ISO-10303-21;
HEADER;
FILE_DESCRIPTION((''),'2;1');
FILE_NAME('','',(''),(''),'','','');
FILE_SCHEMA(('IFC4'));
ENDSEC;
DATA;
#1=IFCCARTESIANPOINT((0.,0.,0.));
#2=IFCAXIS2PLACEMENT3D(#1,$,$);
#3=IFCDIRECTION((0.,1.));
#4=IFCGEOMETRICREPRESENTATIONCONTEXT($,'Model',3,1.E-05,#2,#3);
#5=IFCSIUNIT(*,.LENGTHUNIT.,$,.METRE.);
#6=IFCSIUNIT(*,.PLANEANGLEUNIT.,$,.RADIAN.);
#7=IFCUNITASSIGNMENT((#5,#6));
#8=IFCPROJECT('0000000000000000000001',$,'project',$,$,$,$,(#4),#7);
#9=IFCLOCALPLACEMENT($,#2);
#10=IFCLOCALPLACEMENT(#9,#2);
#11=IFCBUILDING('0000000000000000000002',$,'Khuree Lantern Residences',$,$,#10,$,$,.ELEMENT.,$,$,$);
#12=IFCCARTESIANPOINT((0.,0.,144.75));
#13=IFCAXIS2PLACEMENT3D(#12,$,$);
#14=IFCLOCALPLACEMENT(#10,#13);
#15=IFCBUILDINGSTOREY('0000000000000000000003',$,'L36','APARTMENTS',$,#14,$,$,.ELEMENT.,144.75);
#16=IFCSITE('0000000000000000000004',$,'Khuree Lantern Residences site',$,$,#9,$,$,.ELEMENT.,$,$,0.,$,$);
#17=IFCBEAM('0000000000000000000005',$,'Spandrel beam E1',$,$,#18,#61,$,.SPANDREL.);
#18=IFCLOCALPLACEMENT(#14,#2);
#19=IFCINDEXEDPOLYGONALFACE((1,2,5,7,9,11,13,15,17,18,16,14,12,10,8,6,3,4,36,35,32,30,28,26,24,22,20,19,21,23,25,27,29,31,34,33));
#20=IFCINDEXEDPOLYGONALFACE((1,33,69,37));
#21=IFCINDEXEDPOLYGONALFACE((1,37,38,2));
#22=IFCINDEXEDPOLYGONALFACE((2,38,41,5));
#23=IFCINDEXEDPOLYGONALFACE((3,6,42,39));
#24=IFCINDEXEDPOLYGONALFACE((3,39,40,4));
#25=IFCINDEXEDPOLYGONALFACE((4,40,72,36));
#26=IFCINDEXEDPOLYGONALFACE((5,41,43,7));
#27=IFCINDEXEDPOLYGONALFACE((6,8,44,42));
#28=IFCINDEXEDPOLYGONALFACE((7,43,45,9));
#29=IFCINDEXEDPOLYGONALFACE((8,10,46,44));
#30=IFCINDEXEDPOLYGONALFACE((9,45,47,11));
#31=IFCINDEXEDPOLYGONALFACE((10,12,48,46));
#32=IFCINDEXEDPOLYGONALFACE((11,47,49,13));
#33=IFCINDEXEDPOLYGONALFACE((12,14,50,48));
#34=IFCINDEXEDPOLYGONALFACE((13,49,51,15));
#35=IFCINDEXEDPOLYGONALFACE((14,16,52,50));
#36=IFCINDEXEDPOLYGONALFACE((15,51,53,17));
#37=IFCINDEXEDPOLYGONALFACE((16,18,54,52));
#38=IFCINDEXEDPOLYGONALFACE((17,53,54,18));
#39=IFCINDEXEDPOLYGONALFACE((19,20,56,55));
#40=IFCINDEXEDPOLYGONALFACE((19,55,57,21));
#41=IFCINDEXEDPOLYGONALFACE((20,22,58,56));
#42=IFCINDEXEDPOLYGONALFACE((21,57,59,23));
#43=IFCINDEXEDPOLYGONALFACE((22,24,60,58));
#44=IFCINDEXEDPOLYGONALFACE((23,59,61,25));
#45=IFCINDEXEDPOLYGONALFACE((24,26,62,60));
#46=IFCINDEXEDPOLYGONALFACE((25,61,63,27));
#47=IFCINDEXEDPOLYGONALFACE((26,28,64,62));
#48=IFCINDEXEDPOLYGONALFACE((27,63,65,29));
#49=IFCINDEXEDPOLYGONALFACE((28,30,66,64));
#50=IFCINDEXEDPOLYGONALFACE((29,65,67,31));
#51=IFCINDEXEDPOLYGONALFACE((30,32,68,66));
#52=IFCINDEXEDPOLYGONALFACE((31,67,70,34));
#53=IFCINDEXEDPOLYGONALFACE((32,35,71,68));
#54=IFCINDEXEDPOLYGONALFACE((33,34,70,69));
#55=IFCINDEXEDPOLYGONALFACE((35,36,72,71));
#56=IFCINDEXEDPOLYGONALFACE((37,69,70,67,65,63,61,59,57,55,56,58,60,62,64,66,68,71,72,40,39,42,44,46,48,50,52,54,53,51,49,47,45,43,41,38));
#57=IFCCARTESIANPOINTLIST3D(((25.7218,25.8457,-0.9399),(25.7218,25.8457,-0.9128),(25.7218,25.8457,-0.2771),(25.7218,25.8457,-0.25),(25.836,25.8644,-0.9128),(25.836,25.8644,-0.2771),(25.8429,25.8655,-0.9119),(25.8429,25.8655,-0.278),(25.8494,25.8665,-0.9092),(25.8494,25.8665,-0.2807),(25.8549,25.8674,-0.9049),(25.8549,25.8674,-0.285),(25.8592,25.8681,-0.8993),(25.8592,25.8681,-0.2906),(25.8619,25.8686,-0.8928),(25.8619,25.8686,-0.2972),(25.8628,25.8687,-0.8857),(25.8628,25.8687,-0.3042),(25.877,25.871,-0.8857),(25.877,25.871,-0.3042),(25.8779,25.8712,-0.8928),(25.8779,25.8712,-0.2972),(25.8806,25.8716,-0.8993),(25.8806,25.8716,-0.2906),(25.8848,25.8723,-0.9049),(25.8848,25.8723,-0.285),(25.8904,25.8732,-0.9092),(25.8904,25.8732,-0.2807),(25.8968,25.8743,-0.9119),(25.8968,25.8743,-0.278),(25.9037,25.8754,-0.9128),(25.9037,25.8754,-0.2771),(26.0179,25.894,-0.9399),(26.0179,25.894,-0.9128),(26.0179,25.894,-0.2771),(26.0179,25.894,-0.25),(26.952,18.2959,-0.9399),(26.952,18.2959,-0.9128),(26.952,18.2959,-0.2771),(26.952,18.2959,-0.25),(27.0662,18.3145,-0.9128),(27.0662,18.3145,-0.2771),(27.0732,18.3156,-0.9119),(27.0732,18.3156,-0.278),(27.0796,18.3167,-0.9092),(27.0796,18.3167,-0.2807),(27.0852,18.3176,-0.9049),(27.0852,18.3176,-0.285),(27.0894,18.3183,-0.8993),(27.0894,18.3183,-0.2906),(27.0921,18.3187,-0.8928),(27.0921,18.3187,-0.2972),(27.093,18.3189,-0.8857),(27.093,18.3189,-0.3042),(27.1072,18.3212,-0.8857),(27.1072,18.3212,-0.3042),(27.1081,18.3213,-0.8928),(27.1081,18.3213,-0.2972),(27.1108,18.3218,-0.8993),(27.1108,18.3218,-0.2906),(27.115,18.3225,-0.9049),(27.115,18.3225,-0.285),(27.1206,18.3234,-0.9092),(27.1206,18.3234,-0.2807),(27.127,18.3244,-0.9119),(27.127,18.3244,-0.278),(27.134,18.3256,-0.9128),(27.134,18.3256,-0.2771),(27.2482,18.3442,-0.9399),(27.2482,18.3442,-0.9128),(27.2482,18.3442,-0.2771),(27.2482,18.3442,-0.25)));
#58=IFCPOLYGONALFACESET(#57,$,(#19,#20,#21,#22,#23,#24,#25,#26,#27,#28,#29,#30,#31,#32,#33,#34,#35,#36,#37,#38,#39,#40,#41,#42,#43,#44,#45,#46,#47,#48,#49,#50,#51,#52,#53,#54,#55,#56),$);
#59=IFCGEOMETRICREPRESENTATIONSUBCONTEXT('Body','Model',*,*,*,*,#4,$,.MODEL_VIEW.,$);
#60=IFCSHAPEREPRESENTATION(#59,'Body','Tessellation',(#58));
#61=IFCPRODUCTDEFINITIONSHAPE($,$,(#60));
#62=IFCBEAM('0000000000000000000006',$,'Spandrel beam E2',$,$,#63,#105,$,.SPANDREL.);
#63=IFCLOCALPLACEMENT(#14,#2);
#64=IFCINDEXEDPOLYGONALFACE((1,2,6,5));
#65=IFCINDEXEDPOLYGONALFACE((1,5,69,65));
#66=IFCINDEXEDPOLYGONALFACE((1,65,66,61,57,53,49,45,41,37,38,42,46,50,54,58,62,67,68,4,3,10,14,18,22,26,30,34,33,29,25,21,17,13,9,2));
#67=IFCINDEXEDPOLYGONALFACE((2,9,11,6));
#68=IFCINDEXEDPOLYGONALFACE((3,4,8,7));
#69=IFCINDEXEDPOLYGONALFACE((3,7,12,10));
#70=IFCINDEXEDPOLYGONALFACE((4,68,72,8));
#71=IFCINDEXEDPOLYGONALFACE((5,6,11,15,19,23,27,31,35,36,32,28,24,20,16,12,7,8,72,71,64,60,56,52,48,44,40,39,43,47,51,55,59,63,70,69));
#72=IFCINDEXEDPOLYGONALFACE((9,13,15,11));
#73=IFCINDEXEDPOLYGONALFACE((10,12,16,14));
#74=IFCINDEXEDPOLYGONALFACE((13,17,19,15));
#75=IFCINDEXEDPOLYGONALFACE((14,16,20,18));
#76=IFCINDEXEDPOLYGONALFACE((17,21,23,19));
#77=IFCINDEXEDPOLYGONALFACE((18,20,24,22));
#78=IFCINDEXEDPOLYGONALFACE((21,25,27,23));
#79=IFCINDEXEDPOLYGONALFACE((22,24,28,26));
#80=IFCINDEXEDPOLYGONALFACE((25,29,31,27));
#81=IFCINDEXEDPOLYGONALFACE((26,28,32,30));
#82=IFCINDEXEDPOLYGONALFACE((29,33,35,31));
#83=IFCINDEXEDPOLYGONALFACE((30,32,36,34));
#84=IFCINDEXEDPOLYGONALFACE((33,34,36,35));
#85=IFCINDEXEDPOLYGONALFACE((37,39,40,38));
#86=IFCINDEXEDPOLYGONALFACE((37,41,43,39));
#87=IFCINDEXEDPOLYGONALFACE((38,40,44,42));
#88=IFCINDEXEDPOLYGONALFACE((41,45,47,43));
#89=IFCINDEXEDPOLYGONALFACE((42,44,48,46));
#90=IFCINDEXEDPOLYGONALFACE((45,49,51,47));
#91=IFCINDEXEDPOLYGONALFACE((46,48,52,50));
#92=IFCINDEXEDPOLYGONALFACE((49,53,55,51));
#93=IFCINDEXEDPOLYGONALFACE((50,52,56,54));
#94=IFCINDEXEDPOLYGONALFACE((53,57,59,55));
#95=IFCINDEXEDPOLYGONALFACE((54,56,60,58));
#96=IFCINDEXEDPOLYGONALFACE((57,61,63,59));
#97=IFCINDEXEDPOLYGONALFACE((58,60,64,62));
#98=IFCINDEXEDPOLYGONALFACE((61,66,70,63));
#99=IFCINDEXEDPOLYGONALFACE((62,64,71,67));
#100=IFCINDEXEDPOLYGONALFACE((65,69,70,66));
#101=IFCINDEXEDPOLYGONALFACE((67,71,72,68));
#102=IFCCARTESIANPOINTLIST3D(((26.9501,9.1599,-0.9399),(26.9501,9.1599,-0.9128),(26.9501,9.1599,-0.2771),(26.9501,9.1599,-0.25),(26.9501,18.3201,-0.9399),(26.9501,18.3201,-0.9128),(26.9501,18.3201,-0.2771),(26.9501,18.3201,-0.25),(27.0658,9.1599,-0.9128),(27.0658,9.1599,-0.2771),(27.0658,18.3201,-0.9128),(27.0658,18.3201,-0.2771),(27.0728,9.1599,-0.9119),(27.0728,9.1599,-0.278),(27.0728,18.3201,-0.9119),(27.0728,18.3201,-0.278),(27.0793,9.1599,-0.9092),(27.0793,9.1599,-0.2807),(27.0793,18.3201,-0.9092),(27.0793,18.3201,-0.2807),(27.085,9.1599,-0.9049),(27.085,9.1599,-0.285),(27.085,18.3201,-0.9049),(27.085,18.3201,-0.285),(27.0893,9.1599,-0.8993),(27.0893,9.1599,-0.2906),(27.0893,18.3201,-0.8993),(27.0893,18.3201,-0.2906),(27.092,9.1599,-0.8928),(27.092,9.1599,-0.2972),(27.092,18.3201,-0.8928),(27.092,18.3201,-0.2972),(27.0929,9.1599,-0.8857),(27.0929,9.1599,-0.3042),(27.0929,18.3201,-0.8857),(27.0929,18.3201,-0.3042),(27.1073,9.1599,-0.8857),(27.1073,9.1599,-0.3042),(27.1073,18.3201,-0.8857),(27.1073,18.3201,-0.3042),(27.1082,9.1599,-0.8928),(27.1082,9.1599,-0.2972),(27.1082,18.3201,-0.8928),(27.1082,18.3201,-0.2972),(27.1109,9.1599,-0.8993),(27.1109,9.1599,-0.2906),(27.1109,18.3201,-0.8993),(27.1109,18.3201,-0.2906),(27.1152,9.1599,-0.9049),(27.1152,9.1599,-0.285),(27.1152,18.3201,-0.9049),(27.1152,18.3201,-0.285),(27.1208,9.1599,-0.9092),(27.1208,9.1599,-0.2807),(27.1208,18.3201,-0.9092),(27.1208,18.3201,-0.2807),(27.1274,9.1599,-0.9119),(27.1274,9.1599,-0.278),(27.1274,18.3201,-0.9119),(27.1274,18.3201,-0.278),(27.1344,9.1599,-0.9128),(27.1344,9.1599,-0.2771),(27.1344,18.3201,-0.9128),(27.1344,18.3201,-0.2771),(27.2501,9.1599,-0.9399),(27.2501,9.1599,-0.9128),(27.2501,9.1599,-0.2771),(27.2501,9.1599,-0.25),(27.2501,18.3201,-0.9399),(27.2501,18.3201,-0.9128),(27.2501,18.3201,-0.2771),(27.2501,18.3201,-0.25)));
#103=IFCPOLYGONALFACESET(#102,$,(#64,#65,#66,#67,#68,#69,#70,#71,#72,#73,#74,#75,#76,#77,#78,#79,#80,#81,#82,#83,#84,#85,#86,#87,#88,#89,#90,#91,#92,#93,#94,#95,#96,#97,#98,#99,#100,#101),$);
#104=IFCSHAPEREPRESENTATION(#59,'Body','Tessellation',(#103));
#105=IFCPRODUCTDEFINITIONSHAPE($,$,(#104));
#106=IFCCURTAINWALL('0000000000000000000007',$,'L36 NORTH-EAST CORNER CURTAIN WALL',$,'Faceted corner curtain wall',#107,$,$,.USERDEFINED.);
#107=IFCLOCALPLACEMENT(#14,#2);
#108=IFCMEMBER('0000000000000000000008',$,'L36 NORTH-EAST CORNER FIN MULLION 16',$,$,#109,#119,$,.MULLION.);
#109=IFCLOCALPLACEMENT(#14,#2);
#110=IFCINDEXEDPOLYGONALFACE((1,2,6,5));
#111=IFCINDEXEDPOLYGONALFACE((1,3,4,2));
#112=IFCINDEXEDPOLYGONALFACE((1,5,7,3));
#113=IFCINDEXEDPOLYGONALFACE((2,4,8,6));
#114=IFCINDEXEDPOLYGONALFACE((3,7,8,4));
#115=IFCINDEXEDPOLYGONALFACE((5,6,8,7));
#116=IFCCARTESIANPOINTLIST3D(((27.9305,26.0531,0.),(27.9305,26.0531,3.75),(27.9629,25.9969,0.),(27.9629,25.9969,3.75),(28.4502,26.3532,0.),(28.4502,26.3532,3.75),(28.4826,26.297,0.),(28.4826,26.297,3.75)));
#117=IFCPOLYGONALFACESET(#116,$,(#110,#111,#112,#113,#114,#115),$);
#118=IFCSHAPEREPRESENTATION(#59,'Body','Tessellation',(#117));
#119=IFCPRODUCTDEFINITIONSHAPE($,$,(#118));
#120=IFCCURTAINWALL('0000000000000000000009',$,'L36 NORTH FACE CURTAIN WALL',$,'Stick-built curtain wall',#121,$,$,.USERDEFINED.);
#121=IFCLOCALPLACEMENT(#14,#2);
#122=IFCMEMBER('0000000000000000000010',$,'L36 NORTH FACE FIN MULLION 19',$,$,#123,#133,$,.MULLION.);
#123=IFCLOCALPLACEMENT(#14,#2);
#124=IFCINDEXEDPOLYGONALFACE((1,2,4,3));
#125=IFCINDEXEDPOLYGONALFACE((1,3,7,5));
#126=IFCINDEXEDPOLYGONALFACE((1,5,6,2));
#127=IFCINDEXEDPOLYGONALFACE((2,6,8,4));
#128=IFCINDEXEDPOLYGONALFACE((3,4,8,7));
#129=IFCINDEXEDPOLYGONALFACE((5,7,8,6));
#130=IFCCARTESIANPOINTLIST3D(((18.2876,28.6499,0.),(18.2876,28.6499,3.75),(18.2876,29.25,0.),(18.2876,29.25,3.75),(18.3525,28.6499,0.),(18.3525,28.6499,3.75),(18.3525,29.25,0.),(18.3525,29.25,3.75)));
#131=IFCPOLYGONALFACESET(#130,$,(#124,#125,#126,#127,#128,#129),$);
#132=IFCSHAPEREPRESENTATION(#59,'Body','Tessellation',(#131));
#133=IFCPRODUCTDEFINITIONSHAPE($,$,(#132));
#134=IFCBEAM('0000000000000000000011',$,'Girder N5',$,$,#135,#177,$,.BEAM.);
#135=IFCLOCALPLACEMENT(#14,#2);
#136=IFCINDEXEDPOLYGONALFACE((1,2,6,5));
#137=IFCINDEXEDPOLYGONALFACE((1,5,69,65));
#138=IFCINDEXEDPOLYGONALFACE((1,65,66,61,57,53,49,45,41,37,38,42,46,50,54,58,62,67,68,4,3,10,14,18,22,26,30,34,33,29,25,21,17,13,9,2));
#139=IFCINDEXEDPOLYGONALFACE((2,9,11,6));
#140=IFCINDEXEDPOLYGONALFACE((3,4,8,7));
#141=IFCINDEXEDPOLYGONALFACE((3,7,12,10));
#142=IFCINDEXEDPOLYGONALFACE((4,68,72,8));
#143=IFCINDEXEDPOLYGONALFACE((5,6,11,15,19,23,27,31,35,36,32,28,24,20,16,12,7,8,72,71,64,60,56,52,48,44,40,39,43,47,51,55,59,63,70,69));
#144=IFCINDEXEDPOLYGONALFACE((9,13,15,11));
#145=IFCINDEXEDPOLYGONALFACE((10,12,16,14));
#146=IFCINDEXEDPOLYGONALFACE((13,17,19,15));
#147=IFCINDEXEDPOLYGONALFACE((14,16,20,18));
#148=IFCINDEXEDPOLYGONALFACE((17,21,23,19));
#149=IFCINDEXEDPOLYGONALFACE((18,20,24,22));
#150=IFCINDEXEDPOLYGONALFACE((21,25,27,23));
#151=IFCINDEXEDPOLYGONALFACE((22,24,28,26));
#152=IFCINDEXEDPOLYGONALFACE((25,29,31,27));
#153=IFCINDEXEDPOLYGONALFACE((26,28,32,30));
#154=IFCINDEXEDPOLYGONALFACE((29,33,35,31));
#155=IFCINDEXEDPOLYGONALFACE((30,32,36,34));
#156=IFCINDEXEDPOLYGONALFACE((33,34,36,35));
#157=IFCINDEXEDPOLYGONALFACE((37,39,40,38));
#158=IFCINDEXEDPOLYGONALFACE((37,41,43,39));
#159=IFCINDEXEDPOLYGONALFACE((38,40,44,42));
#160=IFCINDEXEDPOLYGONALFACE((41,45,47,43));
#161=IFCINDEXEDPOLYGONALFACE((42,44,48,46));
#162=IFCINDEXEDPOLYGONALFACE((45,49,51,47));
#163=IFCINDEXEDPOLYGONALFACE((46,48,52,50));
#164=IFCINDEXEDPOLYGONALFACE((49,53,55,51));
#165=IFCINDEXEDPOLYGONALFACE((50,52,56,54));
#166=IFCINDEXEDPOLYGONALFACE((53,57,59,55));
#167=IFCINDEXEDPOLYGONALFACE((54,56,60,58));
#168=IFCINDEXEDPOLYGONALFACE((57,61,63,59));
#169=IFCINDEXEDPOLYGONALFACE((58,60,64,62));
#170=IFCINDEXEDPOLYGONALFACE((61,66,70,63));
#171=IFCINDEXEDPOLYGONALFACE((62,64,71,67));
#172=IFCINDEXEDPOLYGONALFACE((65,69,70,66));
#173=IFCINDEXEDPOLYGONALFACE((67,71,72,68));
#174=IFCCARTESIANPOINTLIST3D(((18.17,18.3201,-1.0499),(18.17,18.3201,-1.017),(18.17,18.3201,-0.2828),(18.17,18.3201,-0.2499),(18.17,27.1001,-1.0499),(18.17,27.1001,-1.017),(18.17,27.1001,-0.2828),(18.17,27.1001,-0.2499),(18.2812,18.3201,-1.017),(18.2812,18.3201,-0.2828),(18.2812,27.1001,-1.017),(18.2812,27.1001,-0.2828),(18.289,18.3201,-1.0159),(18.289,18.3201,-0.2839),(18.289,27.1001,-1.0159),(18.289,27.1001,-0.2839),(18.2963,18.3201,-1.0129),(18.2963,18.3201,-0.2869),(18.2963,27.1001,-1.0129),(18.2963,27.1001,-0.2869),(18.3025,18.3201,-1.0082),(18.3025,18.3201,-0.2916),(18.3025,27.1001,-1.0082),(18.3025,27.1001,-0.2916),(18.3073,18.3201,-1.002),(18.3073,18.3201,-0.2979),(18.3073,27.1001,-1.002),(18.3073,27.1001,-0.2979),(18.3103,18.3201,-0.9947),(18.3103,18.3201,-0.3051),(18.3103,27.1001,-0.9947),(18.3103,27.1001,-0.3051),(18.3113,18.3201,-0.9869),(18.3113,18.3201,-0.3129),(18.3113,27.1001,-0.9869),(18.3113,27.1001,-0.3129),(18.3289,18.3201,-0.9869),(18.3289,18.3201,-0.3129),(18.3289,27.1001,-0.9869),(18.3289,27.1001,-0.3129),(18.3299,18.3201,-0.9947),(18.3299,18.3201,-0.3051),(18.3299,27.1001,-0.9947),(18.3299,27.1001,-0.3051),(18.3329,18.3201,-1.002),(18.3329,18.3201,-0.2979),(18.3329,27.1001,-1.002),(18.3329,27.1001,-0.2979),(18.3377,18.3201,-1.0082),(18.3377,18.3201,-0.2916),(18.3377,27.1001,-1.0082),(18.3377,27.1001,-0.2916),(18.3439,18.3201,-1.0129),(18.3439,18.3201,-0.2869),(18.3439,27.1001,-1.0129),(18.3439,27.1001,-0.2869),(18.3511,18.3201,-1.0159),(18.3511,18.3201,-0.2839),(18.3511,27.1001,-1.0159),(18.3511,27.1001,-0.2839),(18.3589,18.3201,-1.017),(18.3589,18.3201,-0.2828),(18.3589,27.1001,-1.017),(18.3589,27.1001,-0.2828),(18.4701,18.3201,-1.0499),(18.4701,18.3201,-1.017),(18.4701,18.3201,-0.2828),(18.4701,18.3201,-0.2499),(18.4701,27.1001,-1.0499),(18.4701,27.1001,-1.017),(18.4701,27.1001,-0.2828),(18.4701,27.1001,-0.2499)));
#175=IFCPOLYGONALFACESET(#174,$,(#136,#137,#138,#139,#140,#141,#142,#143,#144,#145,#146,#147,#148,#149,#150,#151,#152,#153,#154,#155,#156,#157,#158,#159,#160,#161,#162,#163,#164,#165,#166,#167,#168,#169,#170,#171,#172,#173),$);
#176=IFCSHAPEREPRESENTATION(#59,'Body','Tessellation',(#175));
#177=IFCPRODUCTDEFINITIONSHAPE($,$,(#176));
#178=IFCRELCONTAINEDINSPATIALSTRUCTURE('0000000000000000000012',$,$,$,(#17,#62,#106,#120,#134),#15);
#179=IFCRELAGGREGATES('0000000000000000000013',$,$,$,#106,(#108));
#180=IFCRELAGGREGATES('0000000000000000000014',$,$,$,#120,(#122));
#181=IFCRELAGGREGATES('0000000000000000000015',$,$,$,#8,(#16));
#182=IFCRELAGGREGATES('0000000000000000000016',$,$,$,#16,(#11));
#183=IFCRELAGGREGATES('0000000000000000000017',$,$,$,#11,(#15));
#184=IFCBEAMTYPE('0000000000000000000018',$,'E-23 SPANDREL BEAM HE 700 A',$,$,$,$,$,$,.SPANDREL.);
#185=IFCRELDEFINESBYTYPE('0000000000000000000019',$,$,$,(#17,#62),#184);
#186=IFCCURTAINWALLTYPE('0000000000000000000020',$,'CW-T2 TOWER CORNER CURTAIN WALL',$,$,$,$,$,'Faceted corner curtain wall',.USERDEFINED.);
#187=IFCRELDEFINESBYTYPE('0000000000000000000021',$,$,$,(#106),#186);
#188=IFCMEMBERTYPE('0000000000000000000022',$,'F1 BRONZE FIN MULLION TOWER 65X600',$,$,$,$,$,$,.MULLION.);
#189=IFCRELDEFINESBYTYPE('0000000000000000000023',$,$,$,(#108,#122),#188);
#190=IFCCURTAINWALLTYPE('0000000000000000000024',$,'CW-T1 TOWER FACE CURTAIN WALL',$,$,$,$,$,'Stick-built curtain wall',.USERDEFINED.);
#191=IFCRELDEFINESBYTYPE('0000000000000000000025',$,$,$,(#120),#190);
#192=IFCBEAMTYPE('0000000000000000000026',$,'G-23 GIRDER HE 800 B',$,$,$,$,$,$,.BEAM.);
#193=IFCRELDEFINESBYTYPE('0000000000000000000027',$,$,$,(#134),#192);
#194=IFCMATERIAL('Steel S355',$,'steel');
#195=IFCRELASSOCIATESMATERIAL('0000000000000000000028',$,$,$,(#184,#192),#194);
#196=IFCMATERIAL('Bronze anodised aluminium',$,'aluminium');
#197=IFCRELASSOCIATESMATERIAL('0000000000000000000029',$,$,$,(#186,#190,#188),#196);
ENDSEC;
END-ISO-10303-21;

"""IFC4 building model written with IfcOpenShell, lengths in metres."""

from ifc_helpers import new_model, si_unit, direction, frame, origin, origin_2d, place, context, subcontext, project, spatial, rectangle, i_section, extrude, material, material_profile, profile_set, type_object, element, aggregate, save


model = new_model("IFC4")

# Units and contexts
model_context = context("Model", 3, precision=1e-05, world=origin(), true_north=direction((0.0, 1.0)))
body_context = subcontext(model_context, "Body", "Model", "MODEL_VIEW")
ifc_project = project(units=[si_unit("LENGTHUNIT", "METRE"), si_unit("PLANEANGLEUNIT", "RADIAN")], contexts=[model_context])

# Site, building, storey
site_placement = place(None, origin())
site = spatial("IfcSite", under=ifc_project, at=site_placement, Name="Khuree Lantern Residences site", CompositionType="ELEMENT", RefElevation=0.0)
building_placement = place(site_placement, origin())
building = spatial("IfcBuilding", under=site, at=building_placement, Name="Khuree Lantern Residences", CompositionType="ELEMENT")
storey_placement = place(building_placement, frame((0.0, 0.0, 144.75)))
storey = spatial("IfcBuildingStorey", under=building, at=storey_placement, Name="L36", Description="APARTMENTS", CompositionType="ELEMENT", Elevation=144.75)

# Beams
ifc_material_1 = material(Name="Steel S355", Category="steel")
ifc_material_profile_1 = material_profile(ifc_material_1, i_section(OverallWidth=0.3, OverallDepth=0.6899, WebThickness=0.0144, FlangeThickness=0.0271, FilletRadius=0.0271, at=origin_2d()), Name="HE 700 A")
ifc_profile_set_1 = profile_set([ifc_material_profile_1], Name="Steel S355")
beam_type_1 = type_object("IfcBeamType", Name="E-23 SPANDREL BEAM HE 700 A", PredefinedType="SPANDREL", material=ifc_profile_set_1)
for number, where, z_axis, x_axis, name in (
    (1, (25.8699, 25.8699, -0.595), (0.160827, -0.986983, 0.0), (0.986983, 0.160827, 0.0), "Spandrel beam E1"),
):
    element("IfcBeam", number, at=place(storey_placement, frame(where, z_axis=z_axis, x_axis=x_axis)), inside=storey, type_object=beam_type_1, Name=name, PredefinedType="SPANDREL", context=body_context, shape_type="SweptSolid", body=[
        extrude(i_section(OverallWidth=0.3, OverallDepth=0.6899, WebThickness=0.0144, FlangeThickness=0.0271, FilletRadius=0.0271, at=origin_2d()), origin(), (0.0, 0.0, 1.0), 7.6494),
    ])
beam_1_placement = place(storey_placement, frame((27.1001, 18.3201, -0.595), z_axis=(0.0, -1.0, 0.0), x_axis=(1.0, 0.0, 0.0)))
element("IfcBeam", 2, at=beam_1_placement, inside=storey, type_object=beam_type_1, Name="Spandrel beam E2", PredefinedType="SPANDREL", context=body_context, shape_type="SweptSolid", body=[
    extrude(i_section(OverallWidth=0.3, OverallDepth=0.6899, WebThickness=0.0144, FlangeThickness=0.0271, FilletRadius=0.0271, at=origin_2d()), origin(), (0.0, 0.0, 1.0), 9.1602),
])

# Curtain walls, members
ifc_material_2 = material(Name="Bronze anodised aluminium", Category="aluminium")
curtain_wall_type_1 = type_object("IfcCurtainWallType", Name="CW-T2 TOWER CORNER CURTAIN WALL", ElementType="Faceted corner curtain wall", PredefinedType="USERDEFINED", material=ifc_material_2)
curtain_wall_1_placement = place(storey_placement, origin())
curtain_wall_1 = element("IfcCurtainWall", 3, at=curtain_wall_1_placement, inside=storey, type_object=curtain_wall_type_1, Name="L36 NORTH-EAST CORNER CURTAIN WALL", ObjectType="Faceted corner curtain wall", PredefinedType="USERDEFINED")
ifc_material_profile_2 = material_profile(ifc_material_2, rectangle(XDim=0.0649, YDim=0.6001, at=origin_2d()), Name="F1 65X600")
ifc_profile_set_2 = profile_set([ifc_material_profile_2], Name="Bronze anodised aluminium")
member_type_1 = type_object("IfcMemberType", Name="F1 BRONZE FIN MULLION TOWER 65X600", PredefinedType="MULLION", material=ifc_profile_set_2)
member_1_placement = place(storey_placement, frame((28.2065, 26.175, 0.0), z_axis=(0.0, 0.0, 1.0), x_axis=(-0.5, 0.866025, 0.0)))
member_1 = element("IfcMember", 4, at=member_1_placement, type_object=member_type_1, Name="L36 NORTH-EAST CORNER FIN MULLION 16", PredefinedType="MULLION", context=body_context, shape_type="SweptSolid", body=[
    extrude(rectangle(XDim=0.0649, YDim=0.6001, at=origin_2d()), origin(), (0.0, 0.0, 1.0), 3.75),
])
curtain_wall_type_2 = type_object("IfcCurtainWallType", Name="CW-T1 TOWER FACE CURTAIN WALL", ElementType="Stick-built curtain wall", PredefinedType="USERDEFINED", material=ifc_material_2)
curtain_wall_2_placement = place(storey_placement, origin())
curtain_wall_2 = element("IfcCurtainWall", 5, at=curtain_wall_2_placement, inside=storey, type_object=curtain_wall_type_2, Name="L36 NORTH FACE CURTAIN WALL", ObjectType="Stick-built curtain wall", PredefinedType="USERDEFINED")
member_2_placement = place(storey_placement, frame((18.3201, 28.95, 0.0), z_axis=(0.0, 0.0, 1.0), x_axis=(-1.0, 0.0, 0.0)))
member_2 = element("IfcMember", 6, at=member_2_placement, type_object=member_type_1, Name="L36 NORTH FACE FIN MULLION 19", PredefinedType="MULLION", context=body_context, shape_type="SweptSolid", body=[
    extrude(rectangle(XDim=0.0649, YDim=0.6001, at=origin_2d()), origin(), (0.0, 0.0, 1.0), 3.75),
])

# Beam
ifc_material_profile_3 = material_profile(ifc_material_1, i_section(OverallWidth=0.3, OverallDepth=0.8, WebThickness=0.0176, FlangeThickness=0.033, FilletRadius=0.03, at=origin_2d()), Name="HE 800 B")
ifc_profile_set_3 = profile_set([ifc_material_profile_3], Name="Steel S355")
beam_type_2 = type_object("IfcBeamType", Name="G-23 GIRDER HE 800 B", PredefinedType="BEAM", material=ifc_profile_set_3)
beam_2_placement = place(storey_placement, frame((18.3201, 27.1001, -0.6499), z_axis=(0.0, -1.0, 0.0), x_axis=(1.0, 0.0, 0.0)))
element("IfcBeam", 7, at=beam_2_placement, inside=storey, type_object=beam_type_2, Name="Girder N5", PredefinedType="BEAM", context=body_context, shape_type="SweptSolid", body=[
    extrude(i_section(OverallWidth=0.3, OverallDepth=0.8, WebThickness=0.0176, FlangeThickness=0.033, FilletRadius=0.03, at=origin_2d()), origin(), (0.0, 0.0, 1.0), 8.78),
])

aggregate(curtain_wall_1, [member_1])
aggregate(curtain_wall_2, [member_2])

save(model, "model.ifc")
